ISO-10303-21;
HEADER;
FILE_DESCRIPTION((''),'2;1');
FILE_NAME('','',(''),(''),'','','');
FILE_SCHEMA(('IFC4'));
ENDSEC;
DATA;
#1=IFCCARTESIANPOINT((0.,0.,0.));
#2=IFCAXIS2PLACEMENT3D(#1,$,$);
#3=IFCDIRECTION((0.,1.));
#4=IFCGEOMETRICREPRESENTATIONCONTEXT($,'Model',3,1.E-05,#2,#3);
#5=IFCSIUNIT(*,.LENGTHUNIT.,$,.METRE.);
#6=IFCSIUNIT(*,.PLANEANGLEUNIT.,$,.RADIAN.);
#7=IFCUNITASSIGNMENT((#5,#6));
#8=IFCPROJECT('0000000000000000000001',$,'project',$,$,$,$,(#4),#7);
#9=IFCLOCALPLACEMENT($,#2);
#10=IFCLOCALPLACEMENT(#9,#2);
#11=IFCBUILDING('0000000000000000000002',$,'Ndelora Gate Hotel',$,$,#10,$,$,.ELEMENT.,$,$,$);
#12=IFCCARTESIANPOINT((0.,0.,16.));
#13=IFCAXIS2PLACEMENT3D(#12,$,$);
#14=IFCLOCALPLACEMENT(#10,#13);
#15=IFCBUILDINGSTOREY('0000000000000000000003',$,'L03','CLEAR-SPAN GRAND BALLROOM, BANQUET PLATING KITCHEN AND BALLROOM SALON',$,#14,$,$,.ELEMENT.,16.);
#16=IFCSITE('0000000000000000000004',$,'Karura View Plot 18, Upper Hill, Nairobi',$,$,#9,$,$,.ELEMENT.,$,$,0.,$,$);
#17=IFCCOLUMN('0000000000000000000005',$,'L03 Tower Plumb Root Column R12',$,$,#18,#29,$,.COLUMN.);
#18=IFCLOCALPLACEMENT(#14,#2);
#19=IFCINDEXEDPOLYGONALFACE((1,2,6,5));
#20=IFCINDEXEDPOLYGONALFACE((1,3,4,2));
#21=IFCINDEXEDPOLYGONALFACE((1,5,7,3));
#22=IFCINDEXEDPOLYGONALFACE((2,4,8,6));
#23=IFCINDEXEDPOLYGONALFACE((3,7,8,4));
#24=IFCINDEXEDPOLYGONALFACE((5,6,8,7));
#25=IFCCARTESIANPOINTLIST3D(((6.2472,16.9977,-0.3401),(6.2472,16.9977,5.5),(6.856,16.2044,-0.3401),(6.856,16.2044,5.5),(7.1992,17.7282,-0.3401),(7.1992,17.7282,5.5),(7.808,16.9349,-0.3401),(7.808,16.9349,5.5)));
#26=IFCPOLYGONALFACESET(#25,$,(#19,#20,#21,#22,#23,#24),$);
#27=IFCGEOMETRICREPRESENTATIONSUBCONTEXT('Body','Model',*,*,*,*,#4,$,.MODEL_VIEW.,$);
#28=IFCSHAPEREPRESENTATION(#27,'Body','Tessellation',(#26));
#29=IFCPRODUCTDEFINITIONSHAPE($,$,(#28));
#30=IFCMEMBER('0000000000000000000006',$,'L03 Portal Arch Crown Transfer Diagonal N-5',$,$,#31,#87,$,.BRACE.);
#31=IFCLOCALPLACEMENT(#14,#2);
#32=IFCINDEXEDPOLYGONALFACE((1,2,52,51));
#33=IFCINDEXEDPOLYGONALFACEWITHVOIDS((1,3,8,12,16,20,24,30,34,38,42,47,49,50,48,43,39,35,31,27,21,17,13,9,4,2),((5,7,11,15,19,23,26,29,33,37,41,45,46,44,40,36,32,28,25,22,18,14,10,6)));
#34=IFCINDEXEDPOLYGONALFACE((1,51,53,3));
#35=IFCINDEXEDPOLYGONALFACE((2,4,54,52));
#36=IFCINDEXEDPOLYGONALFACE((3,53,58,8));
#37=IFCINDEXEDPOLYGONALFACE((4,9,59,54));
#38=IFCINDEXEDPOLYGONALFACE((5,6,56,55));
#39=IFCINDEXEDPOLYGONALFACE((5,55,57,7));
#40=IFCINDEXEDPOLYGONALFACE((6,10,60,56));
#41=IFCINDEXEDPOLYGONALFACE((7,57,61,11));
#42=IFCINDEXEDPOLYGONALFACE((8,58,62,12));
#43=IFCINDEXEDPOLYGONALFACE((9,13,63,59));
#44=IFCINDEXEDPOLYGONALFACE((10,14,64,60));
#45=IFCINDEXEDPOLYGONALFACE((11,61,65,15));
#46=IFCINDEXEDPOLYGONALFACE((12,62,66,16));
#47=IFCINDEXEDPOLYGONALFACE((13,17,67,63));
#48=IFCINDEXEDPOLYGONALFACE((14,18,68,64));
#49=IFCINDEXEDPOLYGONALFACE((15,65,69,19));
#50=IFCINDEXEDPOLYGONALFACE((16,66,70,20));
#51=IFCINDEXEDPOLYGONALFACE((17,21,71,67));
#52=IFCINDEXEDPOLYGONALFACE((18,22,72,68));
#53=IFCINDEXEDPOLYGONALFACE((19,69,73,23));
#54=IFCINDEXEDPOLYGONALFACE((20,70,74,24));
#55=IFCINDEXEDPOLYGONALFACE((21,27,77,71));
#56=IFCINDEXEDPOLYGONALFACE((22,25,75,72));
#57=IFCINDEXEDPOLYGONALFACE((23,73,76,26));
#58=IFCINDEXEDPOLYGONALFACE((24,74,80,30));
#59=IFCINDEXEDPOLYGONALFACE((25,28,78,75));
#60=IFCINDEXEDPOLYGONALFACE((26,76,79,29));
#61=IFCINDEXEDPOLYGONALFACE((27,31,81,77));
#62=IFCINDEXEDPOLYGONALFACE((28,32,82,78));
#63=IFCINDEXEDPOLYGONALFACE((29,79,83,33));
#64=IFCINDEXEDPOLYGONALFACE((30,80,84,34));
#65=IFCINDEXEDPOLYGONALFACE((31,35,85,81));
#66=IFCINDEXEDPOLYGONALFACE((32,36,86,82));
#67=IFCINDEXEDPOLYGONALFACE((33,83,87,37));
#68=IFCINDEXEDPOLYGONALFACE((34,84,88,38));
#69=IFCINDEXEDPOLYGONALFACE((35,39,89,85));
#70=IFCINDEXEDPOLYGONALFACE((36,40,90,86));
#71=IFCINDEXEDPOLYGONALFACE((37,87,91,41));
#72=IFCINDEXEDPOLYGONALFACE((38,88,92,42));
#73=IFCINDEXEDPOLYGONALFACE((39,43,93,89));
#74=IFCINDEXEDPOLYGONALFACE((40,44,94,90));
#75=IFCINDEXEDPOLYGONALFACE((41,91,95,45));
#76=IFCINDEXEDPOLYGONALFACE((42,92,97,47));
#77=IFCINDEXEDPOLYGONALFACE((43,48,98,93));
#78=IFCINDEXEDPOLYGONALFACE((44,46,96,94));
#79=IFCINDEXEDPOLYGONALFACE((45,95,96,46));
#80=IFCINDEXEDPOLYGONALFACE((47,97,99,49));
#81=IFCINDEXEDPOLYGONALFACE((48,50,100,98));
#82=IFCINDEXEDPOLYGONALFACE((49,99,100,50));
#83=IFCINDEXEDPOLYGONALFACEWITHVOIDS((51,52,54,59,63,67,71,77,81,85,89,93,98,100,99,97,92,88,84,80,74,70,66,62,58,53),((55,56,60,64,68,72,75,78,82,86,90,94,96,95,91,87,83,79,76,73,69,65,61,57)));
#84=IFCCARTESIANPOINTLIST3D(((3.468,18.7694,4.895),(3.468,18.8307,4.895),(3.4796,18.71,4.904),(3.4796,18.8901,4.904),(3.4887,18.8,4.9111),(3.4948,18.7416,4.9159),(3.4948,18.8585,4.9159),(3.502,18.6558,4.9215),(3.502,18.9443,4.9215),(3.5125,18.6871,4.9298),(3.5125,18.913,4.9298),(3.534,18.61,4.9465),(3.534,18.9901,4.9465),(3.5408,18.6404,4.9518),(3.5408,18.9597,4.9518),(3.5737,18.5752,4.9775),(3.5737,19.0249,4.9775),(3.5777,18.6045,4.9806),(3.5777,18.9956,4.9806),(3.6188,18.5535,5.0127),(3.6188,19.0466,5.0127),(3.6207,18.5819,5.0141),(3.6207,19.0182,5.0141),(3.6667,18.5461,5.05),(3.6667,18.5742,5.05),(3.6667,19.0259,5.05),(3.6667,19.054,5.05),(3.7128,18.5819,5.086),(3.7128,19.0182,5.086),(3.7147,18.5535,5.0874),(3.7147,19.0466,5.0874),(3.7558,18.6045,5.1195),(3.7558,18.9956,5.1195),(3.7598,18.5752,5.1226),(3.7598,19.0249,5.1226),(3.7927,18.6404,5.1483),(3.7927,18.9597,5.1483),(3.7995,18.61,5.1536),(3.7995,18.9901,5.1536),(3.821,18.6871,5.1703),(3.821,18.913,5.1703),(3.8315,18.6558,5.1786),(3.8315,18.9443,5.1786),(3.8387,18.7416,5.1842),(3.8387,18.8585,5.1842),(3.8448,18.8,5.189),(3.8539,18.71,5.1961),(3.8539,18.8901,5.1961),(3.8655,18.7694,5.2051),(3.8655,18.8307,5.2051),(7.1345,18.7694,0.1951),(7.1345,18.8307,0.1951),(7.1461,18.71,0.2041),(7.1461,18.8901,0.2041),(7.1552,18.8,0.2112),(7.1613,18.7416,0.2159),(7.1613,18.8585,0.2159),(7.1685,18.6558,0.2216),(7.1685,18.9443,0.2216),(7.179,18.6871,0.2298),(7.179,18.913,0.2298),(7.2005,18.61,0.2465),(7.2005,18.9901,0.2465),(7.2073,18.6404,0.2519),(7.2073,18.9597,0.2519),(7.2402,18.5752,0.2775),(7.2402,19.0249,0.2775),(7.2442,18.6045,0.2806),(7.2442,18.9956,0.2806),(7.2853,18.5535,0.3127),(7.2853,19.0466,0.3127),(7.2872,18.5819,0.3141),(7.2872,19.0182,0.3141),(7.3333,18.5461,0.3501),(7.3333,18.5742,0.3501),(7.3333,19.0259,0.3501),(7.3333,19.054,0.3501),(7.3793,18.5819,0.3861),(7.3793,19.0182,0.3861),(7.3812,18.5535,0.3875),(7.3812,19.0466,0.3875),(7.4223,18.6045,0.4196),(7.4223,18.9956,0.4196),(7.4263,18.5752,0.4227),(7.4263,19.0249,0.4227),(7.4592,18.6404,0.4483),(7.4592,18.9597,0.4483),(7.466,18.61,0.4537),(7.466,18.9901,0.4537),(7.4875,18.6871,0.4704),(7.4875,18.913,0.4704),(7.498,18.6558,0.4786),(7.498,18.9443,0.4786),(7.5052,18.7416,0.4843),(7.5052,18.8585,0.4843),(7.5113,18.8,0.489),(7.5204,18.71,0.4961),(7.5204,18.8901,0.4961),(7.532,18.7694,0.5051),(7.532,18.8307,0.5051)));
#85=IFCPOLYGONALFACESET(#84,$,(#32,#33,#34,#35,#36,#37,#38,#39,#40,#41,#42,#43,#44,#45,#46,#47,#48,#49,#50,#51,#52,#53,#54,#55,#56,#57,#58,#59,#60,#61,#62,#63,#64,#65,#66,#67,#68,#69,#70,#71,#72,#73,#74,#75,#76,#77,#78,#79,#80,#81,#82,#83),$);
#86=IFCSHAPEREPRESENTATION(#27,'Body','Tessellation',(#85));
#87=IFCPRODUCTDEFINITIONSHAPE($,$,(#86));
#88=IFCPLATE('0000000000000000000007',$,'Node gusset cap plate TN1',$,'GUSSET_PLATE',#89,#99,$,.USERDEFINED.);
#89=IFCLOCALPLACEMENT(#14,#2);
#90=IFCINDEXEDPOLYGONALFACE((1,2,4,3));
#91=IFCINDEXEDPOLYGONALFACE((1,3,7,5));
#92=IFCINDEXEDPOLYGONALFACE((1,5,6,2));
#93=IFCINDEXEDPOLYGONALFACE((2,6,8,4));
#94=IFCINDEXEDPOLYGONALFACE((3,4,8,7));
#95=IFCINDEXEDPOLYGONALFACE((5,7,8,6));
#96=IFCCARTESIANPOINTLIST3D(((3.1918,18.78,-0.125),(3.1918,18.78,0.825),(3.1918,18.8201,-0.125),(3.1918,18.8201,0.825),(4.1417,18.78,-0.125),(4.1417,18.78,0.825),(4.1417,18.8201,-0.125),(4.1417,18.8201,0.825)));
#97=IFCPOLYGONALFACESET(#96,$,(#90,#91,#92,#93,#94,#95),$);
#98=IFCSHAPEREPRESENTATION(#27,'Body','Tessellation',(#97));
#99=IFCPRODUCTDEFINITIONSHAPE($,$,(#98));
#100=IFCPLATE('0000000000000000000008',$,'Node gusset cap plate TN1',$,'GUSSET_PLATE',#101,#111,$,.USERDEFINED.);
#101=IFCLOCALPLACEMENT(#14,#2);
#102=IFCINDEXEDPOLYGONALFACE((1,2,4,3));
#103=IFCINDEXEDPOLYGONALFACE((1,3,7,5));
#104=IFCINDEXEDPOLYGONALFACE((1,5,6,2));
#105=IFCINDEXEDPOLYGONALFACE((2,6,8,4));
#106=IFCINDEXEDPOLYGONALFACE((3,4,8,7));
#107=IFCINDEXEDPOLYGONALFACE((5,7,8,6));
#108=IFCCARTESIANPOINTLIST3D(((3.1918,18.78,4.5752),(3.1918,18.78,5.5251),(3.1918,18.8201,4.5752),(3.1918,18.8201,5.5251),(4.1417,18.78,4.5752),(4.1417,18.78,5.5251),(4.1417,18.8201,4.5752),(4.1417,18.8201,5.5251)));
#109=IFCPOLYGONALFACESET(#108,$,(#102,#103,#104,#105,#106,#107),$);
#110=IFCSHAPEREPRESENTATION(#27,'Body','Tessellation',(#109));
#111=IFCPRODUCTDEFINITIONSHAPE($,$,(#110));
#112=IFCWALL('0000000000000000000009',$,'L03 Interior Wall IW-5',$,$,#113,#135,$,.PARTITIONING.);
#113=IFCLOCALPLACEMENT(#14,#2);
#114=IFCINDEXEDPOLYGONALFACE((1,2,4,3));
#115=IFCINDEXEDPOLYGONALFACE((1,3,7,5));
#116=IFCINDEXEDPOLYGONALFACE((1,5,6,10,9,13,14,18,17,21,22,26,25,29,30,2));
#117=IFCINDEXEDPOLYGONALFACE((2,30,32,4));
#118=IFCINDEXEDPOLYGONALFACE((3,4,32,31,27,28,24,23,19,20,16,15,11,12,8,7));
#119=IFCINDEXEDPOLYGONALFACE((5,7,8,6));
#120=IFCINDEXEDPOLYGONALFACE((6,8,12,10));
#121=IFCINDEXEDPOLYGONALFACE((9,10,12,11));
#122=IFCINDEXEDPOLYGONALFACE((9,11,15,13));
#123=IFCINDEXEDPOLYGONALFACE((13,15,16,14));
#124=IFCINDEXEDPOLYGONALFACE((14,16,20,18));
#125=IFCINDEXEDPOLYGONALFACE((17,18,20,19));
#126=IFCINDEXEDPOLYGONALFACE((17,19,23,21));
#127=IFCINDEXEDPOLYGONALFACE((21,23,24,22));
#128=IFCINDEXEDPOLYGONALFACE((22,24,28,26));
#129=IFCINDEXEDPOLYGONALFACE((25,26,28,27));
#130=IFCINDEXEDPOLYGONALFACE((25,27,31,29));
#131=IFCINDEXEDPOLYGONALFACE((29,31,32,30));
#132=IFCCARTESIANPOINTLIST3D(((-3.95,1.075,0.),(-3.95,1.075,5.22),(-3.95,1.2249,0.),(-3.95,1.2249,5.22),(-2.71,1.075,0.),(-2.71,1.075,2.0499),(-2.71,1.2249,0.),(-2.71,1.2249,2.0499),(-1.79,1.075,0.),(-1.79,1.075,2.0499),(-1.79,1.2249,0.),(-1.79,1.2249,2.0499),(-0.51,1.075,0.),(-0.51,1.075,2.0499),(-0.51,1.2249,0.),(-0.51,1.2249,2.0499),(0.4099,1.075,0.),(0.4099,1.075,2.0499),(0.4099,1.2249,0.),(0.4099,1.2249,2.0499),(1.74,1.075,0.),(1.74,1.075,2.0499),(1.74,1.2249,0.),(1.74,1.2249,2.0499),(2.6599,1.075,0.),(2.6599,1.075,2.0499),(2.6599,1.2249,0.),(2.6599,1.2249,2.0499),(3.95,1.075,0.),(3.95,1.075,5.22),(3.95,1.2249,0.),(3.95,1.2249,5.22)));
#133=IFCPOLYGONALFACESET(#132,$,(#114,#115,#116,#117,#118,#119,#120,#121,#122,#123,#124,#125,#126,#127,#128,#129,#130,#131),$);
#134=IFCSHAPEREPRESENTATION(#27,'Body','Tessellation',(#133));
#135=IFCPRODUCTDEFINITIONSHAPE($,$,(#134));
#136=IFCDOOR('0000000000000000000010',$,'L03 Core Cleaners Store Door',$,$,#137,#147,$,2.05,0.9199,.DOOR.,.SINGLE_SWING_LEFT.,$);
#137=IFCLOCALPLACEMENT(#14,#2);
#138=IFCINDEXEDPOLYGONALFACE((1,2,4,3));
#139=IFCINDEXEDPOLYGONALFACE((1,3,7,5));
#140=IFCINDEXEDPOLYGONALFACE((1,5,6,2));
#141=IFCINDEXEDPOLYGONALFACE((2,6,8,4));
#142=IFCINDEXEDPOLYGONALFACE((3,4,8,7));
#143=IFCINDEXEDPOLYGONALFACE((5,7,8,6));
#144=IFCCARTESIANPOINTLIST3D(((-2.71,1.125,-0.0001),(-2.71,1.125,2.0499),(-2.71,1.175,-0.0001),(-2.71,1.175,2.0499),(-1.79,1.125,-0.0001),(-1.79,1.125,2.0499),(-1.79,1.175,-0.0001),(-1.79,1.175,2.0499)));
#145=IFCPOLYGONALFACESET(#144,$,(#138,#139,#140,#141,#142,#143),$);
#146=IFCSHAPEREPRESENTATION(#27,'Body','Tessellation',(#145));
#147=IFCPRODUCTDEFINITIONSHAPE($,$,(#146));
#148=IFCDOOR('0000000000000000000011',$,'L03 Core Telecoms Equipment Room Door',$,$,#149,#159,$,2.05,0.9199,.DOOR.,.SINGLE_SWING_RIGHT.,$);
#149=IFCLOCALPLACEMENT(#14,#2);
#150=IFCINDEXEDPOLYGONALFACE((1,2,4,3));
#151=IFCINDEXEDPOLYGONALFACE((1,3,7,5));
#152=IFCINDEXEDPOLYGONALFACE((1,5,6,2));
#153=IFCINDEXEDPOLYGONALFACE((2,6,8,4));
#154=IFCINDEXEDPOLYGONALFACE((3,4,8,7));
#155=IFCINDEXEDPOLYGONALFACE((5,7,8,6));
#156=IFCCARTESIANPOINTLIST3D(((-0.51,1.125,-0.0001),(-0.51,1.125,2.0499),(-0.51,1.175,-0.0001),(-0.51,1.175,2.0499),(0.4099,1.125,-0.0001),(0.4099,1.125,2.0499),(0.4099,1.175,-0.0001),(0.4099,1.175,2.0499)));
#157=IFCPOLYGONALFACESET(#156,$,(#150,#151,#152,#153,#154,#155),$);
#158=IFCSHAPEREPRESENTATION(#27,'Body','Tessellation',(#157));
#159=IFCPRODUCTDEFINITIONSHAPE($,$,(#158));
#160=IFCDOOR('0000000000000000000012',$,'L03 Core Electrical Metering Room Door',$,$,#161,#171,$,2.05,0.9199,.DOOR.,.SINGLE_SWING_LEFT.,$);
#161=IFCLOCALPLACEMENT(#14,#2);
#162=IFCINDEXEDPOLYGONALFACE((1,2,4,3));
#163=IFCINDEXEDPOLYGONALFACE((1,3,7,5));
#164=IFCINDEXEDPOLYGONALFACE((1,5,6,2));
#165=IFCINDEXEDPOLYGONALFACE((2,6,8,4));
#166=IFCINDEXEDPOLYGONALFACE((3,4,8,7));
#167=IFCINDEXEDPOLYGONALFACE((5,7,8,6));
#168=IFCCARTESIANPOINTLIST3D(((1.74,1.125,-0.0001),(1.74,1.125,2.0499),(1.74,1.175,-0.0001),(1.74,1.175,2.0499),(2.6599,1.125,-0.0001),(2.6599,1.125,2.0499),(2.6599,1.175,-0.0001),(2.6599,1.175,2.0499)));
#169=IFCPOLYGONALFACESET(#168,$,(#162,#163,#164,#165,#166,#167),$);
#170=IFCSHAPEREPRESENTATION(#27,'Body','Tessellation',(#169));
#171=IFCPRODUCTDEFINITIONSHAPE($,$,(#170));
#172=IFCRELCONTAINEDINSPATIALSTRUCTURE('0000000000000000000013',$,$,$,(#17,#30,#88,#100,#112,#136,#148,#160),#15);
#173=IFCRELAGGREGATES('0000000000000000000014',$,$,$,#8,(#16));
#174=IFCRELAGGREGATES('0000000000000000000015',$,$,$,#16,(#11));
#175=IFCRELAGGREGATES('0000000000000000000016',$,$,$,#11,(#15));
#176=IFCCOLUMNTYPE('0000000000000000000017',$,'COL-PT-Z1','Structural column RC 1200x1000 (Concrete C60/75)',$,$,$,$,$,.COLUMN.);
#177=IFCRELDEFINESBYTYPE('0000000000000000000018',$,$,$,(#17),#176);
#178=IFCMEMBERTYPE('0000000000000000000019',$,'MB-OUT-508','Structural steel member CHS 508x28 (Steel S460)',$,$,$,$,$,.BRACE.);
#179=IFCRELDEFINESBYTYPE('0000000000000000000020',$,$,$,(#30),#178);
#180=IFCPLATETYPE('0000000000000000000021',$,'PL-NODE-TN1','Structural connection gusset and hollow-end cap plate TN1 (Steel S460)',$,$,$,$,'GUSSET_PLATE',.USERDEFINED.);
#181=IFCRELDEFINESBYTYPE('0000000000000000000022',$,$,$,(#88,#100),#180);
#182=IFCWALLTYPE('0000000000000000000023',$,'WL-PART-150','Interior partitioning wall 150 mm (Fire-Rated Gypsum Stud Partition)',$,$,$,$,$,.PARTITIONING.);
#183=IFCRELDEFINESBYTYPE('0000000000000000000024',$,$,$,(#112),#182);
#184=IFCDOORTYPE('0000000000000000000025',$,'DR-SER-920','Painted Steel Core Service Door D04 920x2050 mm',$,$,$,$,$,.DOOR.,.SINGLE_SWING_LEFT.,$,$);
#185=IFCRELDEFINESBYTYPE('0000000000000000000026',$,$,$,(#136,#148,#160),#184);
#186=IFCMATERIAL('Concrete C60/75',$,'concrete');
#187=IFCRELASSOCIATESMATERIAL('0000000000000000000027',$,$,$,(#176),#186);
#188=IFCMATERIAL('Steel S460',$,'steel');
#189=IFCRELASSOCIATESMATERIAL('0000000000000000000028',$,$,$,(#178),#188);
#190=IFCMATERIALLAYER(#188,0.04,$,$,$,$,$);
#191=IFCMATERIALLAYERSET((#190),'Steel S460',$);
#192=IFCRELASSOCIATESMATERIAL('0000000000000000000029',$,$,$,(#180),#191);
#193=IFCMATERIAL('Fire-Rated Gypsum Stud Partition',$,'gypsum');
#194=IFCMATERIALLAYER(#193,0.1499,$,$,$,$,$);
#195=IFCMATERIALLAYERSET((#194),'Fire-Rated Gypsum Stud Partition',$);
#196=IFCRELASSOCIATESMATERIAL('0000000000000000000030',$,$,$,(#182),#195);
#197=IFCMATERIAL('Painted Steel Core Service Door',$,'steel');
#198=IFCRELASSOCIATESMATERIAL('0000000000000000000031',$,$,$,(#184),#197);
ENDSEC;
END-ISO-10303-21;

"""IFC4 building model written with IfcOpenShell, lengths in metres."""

from ifc_helpers import new_model, si_unit, direction, frame, frame_2d, origin, origin_2d, place, context, subcontext, project, spatial, rectangle, hollow_circle, extrude, material, layer, layer_set, material_profile, profile_set, type_object, element, fill, save


model = new_model("IFC4")

# Units and contexts
model_context = context("Model", 3, precision=1e-05, world=origin(), true_north=direction((0.0, 1.0)))
body_context = subcontext(model_context, "Body", "Model", "MODEL_VIEW")
ifc_project = project(units=[si_unit("LENGTHUNIT", "METRE"), si_unit("PLANEANGLEUNIT", "RADIAN")], contexts=[model_context])

# Site, building, storey
site_placement = place(None, origin())
site = spatial("IfcSite", under=ifc_project, at=site_placement, Name="Karura View Plot 18, Upper Hill, Nairobi", CompositionType="ELEMENT", RefElevation=0.0)
building_placement = place(site_placement, origin())
building = spatial("IfcBuilding", under=site, at=building_placement, Name="Ndelora Gate Hotel", CompositionType="ELEMENT")
storey_placement = place(building_placement, frame((0.0, 0.0, 16.0)))
storey = spatial("IfcBuildingStorey", under=building, at=storey_placement, Name="L03", Description="CLEAR-SPAN GRAND BALLROOM, BANQUET PLATING KITCHEN AND BALLROOM SALON", CompositionType="ELEMENT", Elevation=16.0)

# Column
ifc_material_1 = material(Name="Concrete C60/75", Category="concrete")
ifc_material_profile_1 = material_profile(ifc_material_1, rectangle(XDim=1.0, YDim=1.2, at=origin_2d()), Name="RC 1200x1000")
ifc_profile_set_1 = profile_set([ifc_material_profile_1], Name="Concrete C60/75")
column_type = type_object("IfcColumnType", Name="COL-PT-Z1", Description="Structural column RC 1200x1000 (Concrete C60/75)", PredefinedType="COLUMN", material=ifc_profile_set_1)
column_placement = place(storey_placement, frame((7.0276, 16.9663, -0.3401), z_axis=(0.0, 0.0, 1.0), x_axis=(-0.608761, 0.793353, 0.0)))
element("IfcColumn", 1, at=column_placement, inside=storey, type_object=column_type, Name="L03 Tower Plumb Root Column R12", PredefinedType="COLUMN", context=body_context, shape_type="SweptSolid", body=[
    extrude(rectangle(XDim=1.0, YDim=1.2, at=origin_2d()), origin(), (0.0, 0.0, 1.0), 5.8401),
])

# Member
ifc_material_2 = material(Name="Steel S460", Category="steel")
ifc_material_profile_2 = material_profile(ifc_material_2, hollow_circle(Radius=0.2539, WallThickness=0.0281, at=origin_2d()), Name="CHS 508x28")
ifc_profile_set_2 = profile_set([ifc_material_profile_2], Name="Steel S460")
member_type = type_object("IfcMemberType", Name="MB-OUT-508", Description="Structural steel member CHS 508x28 (Steel S460)", PredefinedType="BRACE", material=ifc_profile_set_2)
member_placement = place(storey_placement, frame((3.6667, 18.8, 5.05), z_axis=(0.615088, 0.0, -0.788458), x_axis=(0.0, 1.0, 0.0)))
element("IfcMember", 2, at=member_placement, inside=storey, type_object=member_type, Name="L03 Portal Arch Crown Transfer Diagonal N-5", PredefinedType="BRACE", context=body_context, shape_type="SweptSolid", body=[
    extrude(hollow_circle(Radius=0.2539, WallThickness=0.0281, at=origin_2d()), origin(), (0.0, 0.0, 1.0), 5.9609),
])

# Plates
ifc_layer_1 = layer(ifc_material_2, 0.04)
ifc_layer_set_1 = layer_set([ifc_layer_1], Name="Steel S460")
plate_type = type_object("IfcPlateType", Name="PL-NODE-TN1", Description="Structural connection gusset and hollow-end cap plate TN1 (Steel S460)", ElementType="GUSSET_PLATE", PredefinedType="USERDEFINED", material=ifc_layer_set_1)
for number, where, z_axis, x_axis, name in (
    (3, (3.6667, 18.8, -0.125), (0.0, 0.0, 1.0), (1.0, 0.0, 0.0), "Node gusset cap plate TN1"),
    (4, (3.6667, 18.8, 4.5752), (0.0, 0.0, 1.0), (1.0, 0.0, 0.0), "Node gusset cap plate TN1"),
):
    element("IfcPlate", number, at=place(storey_placement, frame(where, z_axis=z_axis, x_axis=x_axis)), inside=storey, type_object=plate_type, Name=name, ObjectType="GUSSET_PLATE", PredefinedType="USERDEFINED", context=body_context, shape_type="SweptSolid", body=[
        extrude(rectangle(XDim=0.95, YDim=0.04, at=origin_2d()), origin(), (0.0, 0.0, 1.0), 0.95),
    ])

# Wall, openings, doors
ifc_material_3 = material(Name="Fire-Rated Gypsum Stud Partition", Category="gypsum")
ifc_layer_2 = layer(ifc_material_3, 0.1499)
ifc_layer_set_2 = layer_set([ifc_layer_2], Name="Fire-Rated Gypsum Stud Partition")
wall_type_1 = type_object("IfcWallType", Name="WL-PART-150", Description="Interior partitioning wall 150 mm (Fire-Rated Gypsum Stud Partition)", PredefinedType="PARTITIONING", material=ifc_layer_set_2)
wall_1_placement = place(storey_placement, frame((3.95, 1.1499, 0.0), z_axis=(0.0, 0.0, 1.0), x_axis=(-1.0, 0.0, 0.0)))
wall_1 = element("IfcWall", 5, at=wall_1_placement, inside=storey, type_object=wall_type_1, Name="L03 Interior Wall IW-5", PredefinedType="PARTITIONING", context=body_context, shape_type="SweptSolid", body=[
    extrude(rectangle(XDim=7.8999, YDim=0.1499, at=frame_2d((3.95, 0.0))), origin(), (0.0, 0.0, 1.0), 5.22),
])
opening_1_placement = place(wall_1_placement, frame((5.74, 0.0, 0.0)))
opening_1 = element("IfcOpeningElement", 6, at=opening_1_placement, cuts=wall_1, PredefinedType="OPENING", context=body_context, shape_type="SweptSolid", body=[
    extrude(rectangle(XDim=0.9199, YDim=2.05, at=frame_2d((0.46, 1.0249))), frame((0.0, 0.085, 0.0), z_axis=(0.0, -1.0, 0.0), x_axis=(1.0, 0.0, 0.0)), (0.0, 0.0, 1.0), 0.1699),
])
opening_2_placement = place(wall_1_placement, frame((3.54, 0.0, 0.0)))
opening_2 = element("IfcOpeningElement", 7, at=opening_2_placement, cuts=wall_1, PredefinedType="OPENING", context=body_context, shape_type="SweptSolid", body=[
    extrude(rectangle(XDim=0.9199, YDim=2.05, at=frame_2d((0.46, 1.0249))), frame((0.0, 0.085, 0.0), z_axis=(0.0, -1.0, 0.0), x_axis=(1.0, 0.0, 0.0)), (0.0, 0.0, 1.0), 0.1699),
])
opening_3_placement = place(wall_1_placement, frame((1.29, 0.0, 0.0)))
opening_3 = element("IfcOpeningElement", 8, at=opening_3_placement, cuts=wall_1, PredefinedType="OPENING", context=body_context, shape_type="SweptSolid", body=[
    extrude(rectangle(XDim=0.9199, YDim=2.05, at=frame_2d((0.46, 1.0249))), frame((0.0, 0.085, 0.0), z_axis=(0.0, -1.0, 0.0), x_axis=(1.0, 0.0, 0.0)), (0.0, 0.0, 1.0), 0.1699),
])
ifc_material_4 = material(Name="Painted Steel Core Service Door", Category="steel")
door_type_1 = type_object("IfcDoorType", Name="DR-SER-920", Description="Painted Steel Core Service Door D04 920x2050 mm", OperationType="SINGLE_SWING_LEFT", PredefinedType="DOOR", material=ifc_material_4)
door_1_placement = place(opening_1_placement, origin())
door_1 = element("IfcDoor", 9, at=door_1_placement, inside=storey, type_object=door_type_1, Name="L03 Core Cleaners Store Door", OperationType="SINGLE_SWING_LEFT", OverallHeight=2.05, OverallWidth=0.9199, PredefinedType="DOOR", context=body_context, shape_type="SweptSolid", body=[
    extrude(rectangle(XDim=0.9199, YDim=2.05, at=frame_2d((0.46, 1.0249))), frame((0.0, 0.0249, 0.0), z_axis=(0.0, -1.0, 0.0), x_axis=(1.0, 0.0, 0.0)), (0.0, 0.0, 1.0), 0.05),
])
fill(opening_1, door_1)
door_2_placement = place(opening_2_placement, origin())
door_2 = element("IfcDoor", 10, at=door_2_placement, inside=storey, type_object=door_type_1, Name="L03 Core Telecoms Equipment Room Door", OperationType="SINGLE_SWING_RIGHT", OverallHeight=2.05, OverallWidth=0.9199, PredefinedType="DOOR", context=body_context, shape_type="SweptSolid", body=[
    extrude(rectangle(XDim=0.9199, YDim=2.05, at=frame_2d((0.46, 1.0249))), frame((0.0, 0.0249, 0.0), z_axis=(0.0, -1.0, 0.0), x_axis=(1.0, 0.0, 0.0)), (0.0, 0.0, 1.0), 0.05),
])
fill(opening_2, door_2)
door_3_placement = place(opening_3_placement, origin())
door_3 = element("IfcDoor", 11, at=door_3_placement, inside=storey, type_object=door_type_1, Name="L03 Core Electrical Metering Room Door", OperationType="SINGLE_SWING_LEFT", OverallHeight=2.05, OverallWidth=0.9199, PredefinedType="DOOR", context=body_context, shape_type="SweptSolid", body=[
    extrude(rectangle(XDim=0.9199, YDim=2.05, at=frame_2d((0.46, 1.0249))), frame((0.0, 0.0249, 0.0), z_axis=(0.0, -1.0, 0.0), x_axis=(1.0, 0.0, 0.0)), (0.0, 0.0, 1.0), 0.05),
])
fill(opening_3, door_3)

save(model, "model.ifc")
